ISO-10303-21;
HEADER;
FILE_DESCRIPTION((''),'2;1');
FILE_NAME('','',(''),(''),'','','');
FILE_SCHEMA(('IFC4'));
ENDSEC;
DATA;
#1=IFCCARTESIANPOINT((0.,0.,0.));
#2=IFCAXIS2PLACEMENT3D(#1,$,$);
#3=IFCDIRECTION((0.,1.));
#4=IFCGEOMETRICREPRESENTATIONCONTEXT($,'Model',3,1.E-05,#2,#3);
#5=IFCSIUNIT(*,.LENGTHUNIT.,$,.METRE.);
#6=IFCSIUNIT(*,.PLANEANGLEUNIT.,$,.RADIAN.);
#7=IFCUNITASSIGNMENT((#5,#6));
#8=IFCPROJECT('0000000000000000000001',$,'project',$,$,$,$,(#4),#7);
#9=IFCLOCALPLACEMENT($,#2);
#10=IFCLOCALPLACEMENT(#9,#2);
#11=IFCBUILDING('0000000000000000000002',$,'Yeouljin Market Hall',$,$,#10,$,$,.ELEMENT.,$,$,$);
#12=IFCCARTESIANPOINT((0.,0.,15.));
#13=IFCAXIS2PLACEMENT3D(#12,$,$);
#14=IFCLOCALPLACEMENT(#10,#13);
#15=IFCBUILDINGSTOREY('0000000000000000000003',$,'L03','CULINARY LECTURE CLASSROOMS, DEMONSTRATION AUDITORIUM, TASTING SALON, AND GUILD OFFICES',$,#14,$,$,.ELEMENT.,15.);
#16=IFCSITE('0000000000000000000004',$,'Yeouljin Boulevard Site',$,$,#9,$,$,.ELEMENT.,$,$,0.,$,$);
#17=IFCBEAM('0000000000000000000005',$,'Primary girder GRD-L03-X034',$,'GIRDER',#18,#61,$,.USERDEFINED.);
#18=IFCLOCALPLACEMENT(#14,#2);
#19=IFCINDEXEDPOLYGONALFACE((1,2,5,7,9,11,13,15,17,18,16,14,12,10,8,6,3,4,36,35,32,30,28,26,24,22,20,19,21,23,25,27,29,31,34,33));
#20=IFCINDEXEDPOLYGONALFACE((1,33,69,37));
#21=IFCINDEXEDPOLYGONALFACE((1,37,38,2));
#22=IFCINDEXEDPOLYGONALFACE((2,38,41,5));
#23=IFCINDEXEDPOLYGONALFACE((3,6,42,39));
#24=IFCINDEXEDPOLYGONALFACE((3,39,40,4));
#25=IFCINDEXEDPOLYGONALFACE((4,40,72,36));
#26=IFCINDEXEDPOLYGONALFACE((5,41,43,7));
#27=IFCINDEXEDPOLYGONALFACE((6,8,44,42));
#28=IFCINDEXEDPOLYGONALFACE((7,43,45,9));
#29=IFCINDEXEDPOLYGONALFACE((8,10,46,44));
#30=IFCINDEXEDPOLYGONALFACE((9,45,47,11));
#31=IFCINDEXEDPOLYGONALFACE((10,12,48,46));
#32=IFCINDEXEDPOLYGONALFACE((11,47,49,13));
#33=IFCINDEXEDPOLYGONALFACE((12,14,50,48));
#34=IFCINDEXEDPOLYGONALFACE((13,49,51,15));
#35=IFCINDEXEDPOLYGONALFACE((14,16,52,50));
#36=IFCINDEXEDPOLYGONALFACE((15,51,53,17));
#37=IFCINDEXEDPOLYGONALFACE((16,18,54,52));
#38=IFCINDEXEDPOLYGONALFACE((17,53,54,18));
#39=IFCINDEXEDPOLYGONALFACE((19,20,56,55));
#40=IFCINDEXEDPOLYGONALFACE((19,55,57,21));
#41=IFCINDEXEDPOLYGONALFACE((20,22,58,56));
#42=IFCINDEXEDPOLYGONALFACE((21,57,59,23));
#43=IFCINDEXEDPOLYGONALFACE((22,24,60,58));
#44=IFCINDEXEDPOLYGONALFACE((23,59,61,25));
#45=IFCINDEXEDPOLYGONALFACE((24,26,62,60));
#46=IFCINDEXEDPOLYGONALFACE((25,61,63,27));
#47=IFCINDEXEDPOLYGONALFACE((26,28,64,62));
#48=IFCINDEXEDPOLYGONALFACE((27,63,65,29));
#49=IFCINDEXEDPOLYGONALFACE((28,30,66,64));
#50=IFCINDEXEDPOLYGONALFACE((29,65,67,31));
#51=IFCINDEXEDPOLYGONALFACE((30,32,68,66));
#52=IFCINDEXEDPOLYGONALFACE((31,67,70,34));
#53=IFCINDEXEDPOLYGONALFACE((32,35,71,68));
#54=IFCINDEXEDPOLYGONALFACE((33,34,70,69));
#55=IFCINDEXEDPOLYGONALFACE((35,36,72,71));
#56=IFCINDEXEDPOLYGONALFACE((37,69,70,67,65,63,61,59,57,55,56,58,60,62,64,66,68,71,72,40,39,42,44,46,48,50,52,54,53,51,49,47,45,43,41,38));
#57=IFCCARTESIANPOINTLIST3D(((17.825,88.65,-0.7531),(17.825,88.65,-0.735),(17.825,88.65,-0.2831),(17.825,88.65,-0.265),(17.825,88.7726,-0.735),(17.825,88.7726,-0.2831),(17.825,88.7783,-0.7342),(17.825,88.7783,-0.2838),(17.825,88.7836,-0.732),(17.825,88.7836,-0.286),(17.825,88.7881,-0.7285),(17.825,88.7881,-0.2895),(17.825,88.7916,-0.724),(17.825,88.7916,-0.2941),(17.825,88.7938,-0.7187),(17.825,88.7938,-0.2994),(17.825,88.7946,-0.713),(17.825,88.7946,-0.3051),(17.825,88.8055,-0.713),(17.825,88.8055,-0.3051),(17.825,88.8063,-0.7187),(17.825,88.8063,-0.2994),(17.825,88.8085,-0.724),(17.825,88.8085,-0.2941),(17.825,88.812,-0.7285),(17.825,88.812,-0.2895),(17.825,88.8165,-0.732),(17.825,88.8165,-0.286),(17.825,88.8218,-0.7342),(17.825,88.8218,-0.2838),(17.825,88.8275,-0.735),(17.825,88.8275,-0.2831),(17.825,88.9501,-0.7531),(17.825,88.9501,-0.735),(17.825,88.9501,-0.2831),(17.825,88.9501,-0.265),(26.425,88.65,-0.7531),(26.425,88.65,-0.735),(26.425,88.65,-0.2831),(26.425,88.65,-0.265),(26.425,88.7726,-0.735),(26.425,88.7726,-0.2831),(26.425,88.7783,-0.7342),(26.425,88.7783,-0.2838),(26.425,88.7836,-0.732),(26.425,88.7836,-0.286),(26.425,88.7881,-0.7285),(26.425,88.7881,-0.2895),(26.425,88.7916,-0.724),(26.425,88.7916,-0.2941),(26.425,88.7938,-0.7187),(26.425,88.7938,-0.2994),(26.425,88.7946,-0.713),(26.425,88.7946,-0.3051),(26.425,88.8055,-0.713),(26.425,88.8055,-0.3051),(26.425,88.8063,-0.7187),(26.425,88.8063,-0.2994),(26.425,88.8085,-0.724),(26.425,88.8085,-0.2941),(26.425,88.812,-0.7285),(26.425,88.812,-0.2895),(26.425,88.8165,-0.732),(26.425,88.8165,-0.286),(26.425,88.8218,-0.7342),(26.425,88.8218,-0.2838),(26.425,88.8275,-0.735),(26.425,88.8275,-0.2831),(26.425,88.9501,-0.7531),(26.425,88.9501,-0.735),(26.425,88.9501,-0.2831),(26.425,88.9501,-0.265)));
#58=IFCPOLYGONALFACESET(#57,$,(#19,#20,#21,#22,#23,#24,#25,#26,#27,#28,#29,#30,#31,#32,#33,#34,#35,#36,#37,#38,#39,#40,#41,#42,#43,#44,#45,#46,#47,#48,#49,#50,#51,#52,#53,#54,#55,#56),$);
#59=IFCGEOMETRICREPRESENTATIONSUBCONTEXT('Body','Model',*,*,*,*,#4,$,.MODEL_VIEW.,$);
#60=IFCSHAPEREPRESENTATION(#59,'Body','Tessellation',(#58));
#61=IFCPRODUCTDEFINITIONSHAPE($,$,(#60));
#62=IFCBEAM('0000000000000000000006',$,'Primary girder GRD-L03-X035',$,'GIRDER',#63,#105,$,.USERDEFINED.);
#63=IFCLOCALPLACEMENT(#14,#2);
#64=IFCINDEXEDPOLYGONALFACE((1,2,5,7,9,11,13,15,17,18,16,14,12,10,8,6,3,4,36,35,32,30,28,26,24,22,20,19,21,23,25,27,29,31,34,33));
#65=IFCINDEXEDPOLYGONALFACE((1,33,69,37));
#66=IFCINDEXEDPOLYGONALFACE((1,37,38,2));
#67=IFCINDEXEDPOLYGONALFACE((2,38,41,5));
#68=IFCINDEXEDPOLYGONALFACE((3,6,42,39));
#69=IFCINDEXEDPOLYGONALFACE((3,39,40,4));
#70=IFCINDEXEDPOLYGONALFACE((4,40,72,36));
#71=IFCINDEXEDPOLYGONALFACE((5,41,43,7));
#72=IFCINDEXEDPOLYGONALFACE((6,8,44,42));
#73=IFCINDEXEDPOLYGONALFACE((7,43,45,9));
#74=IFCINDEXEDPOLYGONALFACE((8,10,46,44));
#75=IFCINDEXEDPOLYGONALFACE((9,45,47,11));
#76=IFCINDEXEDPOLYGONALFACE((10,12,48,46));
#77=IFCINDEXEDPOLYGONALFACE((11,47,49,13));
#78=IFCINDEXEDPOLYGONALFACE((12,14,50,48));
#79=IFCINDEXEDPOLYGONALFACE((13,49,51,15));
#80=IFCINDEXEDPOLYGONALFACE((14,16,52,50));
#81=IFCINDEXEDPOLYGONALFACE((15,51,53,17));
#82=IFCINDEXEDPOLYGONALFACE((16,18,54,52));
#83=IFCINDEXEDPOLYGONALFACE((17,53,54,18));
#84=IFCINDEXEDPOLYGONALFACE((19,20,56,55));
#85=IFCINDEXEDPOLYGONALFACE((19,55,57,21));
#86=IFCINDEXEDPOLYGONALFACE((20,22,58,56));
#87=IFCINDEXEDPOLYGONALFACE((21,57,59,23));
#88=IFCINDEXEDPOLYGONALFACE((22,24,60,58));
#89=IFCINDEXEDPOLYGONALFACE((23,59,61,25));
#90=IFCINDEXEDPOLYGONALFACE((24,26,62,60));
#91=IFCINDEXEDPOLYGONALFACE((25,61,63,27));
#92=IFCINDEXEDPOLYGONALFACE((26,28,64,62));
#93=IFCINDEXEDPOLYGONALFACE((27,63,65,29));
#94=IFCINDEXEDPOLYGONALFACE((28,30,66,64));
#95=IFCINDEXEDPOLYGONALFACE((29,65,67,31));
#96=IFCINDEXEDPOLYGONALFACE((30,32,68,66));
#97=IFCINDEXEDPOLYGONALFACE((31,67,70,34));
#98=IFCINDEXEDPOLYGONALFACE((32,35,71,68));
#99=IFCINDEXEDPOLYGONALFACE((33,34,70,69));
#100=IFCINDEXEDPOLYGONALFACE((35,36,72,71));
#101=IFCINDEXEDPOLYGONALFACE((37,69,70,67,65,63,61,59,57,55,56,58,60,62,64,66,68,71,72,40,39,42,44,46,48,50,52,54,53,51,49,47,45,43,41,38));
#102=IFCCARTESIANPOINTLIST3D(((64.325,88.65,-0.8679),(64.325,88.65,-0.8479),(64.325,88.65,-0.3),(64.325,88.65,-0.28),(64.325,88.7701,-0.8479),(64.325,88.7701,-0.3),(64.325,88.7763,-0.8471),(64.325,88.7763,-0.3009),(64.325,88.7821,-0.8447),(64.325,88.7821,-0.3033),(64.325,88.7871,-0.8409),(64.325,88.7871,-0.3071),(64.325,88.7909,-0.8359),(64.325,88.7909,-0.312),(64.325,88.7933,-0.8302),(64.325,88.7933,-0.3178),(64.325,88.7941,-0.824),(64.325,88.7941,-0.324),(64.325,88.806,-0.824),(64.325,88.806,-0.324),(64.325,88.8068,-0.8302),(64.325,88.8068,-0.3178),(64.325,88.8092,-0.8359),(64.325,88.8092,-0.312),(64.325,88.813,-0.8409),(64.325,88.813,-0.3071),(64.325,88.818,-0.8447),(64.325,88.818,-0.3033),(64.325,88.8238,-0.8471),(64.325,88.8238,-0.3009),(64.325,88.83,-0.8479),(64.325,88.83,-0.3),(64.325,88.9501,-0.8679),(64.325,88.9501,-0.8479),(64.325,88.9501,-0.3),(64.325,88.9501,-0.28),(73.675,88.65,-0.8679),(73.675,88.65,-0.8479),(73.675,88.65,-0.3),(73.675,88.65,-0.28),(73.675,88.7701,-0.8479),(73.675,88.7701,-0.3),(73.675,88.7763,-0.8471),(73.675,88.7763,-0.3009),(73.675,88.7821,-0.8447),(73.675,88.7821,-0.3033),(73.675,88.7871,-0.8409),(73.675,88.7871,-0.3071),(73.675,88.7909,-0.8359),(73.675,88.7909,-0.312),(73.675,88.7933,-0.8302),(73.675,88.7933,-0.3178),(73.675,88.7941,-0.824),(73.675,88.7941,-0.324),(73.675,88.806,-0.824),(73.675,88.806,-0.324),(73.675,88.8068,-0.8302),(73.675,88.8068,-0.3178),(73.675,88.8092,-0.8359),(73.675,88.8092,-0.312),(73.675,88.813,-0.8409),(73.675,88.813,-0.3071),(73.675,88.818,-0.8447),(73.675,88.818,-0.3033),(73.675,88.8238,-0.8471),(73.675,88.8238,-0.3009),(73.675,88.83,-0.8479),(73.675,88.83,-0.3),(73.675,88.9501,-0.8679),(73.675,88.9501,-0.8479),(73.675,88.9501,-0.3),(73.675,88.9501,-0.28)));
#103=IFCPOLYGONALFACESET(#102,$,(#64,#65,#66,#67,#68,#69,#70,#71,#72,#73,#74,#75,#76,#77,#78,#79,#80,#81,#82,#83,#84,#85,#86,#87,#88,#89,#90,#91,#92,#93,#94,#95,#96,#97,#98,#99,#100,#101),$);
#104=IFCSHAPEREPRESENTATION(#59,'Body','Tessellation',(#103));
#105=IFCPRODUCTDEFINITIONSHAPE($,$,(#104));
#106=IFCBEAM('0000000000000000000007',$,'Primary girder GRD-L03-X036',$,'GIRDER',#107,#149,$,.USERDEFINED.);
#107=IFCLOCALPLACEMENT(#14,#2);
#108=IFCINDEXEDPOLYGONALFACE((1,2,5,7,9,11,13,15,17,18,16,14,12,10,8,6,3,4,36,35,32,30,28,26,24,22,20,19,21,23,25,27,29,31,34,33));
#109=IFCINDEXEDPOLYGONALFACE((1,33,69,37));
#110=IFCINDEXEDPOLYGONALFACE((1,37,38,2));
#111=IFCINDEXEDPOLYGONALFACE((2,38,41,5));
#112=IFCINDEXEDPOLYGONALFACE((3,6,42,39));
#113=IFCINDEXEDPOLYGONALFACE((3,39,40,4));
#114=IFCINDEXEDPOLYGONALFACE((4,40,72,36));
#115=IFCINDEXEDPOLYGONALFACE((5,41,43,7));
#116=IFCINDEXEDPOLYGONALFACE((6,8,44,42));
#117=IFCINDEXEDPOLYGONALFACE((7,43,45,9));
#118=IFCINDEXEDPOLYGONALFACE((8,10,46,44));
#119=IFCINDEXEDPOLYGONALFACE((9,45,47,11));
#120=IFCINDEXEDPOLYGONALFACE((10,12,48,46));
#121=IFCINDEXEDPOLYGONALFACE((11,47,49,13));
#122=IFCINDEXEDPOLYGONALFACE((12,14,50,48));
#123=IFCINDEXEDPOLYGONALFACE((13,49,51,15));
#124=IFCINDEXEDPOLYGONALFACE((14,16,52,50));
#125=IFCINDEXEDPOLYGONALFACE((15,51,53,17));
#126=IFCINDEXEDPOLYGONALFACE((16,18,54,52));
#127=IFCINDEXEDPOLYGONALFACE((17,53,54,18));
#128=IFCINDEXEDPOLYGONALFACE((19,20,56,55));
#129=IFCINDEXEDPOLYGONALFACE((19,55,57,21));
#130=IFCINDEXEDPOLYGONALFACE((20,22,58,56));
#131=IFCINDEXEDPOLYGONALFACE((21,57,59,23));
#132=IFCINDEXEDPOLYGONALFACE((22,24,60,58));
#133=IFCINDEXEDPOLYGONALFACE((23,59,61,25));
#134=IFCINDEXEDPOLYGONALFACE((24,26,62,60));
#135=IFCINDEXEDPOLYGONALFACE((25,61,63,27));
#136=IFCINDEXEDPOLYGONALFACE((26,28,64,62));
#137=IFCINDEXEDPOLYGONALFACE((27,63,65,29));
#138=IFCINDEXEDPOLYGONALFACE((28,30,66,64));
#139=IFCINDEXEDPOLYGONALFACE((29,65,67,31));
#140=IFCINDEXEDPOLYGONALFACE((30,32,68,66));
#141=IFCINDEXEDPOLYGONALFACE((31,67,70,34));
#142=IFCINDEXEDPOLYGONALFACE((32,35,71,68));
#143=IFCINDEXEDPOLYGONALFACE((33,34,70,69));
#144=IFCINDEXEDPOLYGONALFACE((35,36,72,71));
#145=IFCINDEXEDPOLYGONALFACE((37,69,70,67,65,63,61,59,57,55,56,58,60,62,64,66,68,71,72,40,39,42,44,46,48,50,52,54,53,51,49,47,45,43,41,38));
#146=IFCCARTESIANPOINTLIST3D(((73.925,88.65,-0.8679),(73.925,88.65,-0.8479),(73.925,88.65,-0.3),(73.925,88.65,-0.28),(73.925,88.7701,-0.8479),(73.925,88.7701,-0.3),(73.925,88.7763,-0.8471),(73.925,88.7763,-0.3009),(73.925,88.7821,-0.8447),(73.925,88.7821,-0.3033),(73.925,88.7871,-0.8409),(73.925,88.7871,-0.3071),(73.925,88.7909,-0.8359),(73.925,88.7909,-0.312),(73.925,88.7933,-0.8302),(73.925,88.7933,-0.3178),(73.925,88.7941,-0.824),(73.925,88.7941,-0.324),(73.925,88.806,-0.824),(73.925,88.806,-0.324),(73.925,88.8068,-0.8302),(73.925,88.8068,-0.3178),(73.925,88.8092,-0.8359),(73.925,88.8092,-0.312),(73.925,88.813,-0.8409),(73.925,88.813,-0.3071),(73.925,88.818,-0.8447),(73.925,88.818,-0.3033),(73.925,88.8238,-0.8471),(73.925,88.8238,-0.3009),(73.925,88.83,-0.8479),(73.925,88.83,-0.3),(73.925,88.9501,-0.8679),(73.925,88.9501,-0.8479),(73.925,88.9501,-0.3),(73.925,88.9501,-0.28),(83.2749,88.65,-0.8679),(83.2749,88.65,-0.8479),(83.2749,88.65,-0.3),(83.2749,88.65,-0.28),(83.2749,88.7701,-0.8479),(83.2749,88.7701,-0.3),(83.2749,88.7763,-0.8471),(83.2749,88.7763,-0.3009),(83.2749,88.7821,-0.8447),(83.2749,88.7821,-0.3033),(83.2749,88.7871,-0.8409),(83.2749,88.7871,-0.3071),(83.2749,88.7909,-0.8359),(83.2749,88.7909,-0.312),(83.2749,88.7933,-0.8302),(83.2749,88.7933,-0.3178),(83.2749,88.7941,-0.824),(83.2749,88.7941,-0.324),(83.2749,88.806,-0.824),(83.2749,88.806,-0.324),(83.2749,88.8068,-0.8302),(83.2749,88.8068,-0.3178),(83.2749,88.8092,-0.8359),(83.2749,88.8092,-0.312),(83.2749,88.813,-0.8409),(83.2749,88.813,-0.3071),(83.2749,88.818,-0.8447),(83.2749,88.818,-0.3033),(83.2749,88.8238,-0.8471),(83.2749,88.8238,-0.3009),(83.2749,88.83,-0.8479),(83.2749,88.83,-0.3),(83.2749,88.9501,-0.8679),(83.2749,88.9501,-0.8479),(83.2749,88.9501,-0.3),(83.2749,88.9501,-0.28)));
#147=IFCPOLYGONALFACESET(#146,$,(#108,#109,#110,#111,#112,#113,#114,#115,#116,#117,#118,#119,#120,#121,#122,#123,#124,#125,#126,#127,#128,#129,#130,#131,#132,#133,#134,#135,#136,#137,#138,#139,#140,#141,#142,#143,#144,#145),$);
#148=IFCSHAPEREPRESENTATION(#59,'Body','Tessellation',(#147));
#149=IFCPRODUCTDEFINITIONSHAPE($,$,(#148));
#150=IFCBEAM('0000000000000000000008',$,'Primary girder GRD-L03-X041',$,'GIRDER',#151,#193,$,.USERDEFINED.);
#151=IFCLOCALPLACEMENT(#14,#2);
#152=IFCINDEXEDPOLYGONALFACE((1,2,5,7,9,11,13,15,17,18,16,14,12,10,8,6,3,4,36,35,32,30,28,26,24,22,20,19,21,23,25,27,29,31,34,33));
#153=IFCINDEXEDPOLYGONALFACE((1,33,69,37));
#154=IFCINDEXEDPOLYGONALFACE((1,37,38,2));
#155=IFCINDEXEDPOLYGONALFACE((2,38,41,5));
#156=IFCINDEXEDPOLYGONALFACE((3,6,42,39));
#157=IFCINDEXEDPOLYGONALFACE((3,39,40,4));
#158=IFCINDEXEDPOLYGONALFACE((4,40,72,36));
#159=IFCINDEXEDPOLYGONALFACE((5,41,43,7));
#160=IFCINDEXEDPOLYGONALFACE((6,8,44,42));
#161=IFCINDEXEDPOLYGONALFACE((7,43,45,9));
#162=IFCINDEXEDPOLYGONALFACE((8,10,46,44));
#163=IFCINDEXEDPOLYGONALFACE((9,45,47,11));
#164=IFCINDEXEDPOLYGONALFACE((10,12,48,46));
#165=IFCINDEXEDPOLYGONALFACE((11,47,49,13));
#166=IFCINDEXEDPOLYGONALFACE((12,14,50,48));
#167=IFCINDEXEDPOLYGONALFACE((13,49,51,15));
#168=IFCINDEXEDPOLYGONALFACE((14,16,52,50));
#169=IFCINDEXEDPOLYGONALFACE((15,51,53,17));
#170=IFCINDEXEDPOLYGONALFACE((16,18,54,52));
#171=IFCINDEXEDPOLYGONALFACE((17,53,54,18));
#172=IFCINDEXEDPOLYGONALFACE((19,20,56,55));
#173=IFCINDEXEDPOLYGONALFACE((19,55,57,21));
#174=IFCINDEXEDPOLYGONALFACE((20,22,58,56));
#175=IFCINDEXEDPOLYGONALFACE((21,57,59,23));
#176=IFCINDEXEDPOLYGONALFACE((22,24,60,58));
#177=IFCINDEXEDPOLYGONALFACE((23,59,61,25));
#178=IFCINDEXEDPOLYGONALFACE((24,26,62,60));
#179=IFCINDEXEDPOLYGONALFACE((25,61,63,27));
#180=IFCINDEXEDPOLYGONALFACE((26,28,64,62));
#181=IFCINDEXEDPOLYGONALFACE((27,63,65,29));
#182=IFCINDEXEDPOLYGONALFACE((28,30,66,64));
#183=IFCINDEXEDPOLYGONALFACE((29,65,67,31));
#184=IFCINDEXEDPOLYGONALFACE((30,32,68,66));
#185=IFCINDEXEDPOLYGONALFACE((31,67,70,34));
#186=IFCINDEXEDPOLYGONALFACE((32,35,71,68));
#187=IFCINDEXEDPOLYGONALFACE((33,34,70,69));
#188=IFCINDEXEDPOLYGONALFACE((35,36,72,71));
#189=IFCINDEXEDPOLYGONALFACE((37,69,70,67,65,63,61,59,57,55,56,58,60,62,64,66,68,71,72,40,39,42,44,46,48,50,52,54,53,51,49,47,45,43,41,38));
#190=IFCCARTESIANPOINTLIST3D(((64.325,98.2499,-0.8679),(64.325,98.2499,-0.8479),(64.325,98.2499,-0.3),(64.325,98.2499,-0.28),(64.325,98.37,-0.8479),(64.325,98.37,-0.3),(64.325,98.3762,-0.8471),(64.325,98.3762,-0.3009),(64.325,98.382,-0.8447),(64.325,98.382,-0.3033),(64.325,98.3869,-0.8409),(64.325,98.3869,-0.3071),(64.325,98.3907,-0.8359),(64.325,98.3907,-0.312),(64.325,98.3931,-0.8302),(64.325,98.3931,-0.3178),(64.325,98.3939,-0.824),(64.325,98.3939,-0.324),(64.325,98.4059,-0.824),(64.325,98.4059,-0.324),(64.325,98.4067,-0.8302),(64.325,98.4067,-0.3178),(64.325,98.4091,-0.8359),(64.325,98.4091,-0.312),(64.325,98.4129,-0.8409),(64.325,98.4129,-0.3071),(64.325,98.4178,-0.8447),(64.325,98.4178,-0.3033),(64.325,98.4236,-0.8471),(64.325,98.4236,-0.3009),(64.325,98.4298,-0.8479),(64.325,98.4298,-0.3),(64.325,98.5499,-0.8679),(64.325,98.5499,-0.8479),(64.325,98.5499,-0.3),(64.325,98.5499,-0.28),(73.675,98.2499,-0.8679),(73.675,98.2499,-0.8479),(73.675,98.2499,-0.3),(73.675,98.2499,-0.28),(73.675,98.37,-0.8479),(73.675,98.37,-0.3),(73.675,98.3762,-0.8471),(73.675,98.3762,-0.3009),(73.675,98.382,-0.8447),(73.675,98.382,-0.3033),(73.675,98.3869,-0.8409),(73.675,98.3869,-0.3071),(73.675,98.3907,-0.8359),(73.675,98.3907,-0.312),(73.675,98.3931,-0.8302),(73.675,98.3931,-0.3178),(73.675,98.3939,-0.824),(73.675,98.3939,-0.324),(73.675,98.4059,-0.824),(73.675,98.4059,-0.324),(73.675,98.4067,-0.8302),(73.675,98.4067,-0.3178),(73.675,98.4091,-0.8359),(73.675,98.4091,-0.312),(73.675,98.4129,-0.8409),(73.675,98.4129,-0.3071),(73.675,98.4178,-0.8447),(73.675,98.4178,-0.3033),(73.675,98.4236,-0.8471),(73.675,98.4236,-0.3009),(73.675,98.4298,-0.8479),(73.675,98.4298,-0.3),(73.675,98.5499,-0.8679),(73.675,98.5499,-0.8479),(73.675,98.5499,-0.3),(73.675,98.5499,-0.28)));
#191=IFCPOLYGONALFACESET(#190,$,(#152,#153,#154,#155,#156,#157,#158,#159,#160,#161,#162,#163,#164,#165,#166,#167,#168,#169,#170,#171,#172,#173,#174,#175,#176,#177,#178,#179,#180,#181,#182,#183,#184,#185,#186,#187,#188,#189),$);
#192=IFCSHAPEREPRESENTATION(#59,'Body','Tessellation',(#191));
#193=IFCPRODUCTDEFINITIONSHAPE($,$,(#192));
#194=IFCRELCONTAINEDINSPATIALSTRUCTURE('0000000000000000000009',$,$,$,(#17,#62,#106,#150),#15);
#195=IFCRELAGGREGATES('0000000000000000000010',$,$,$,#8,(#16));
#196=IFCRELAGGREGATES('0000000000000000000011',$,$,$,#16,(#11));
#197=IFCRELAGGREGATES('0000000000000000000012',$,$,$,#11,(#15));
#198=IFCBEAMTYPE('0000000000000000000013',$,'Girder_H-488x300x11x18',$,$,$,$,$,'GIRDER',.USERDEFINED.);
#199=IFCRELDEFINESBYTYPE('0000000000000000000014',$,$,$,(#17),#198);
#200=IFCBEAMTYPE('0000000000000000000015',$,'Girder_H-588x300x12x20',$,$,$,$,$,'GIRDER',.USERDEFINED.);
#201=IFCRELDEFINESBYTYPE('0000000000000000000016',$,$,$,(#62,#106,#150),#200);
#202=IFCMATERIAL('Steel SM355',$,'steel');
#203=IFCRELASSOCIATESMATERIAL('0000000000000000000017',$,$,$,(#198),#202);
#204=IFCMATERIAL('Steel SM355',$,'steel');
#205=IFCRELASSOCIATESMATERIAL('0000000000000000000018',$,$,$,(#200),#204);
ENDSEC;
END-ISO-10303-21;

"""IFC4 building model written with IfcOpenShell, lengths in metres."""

from ifc_helpers import new_model, si_unit, direction, frame, origin, origin_2d, place, context, subcontext, project, spatial, i_section, extrude, material, material_profile, profile_set, type_object, element, save


model = new_model("IFC4")

# Units and contexts
model_context = context("Model", 3, precision=1e-05, world=origin(), true_north=direction((0.0, 1.0)))
body_context = subcontext(model_context, "Body", "Model", "MODEL_VIEW")
ifc_project = project(units=[si_unit("LENGTHUNIT", "METRE"), si_unit("PLANEANGLEUNIT", "RADIAN")], contexts=[model_context])

# Site, building, storey
site_placement = place(None, origin())
site = spatial("IfcSite", under=ifc_project, at=site_placement, Name="Yeouljin Boulevard Site", CompositionType="ELEMENT", RefElevation=0.0)
building_placement = place(site_placement, origin())
building = spatial("IfcBuilding", under=site, at=building_placement, Name="Yeouljin Market Hall", CompositionType="ELEMENT")
storey_placement = place(building_placement, frame((0.0, 0.0, 15.0)))
storey = spatial("IfcBuildingStorey", under=building, at=storey_placement, Name="L03", Description="CULINARY LECTURE CLASSROOMS, DEMONSTRATION AUDITORIUM, TASTING SALON, AND GUILD OFFICES", CompositionType="ELEMENT", Elevation=15.0)

# Beams
ifc_material_1 = material(Name="Steel SM355", Category="steel")
ifc_material_profile_1 = material_profile(ifc_material_1, i_section(OverallWidth=0.3, OverallDepth=0.488, WebThickness=0.011, FlangeThickness=0.0181, FilletRadius=0.022, at=origin_2d()), Name="H-488x300x11x18")
ifc_profile_set_1 = profile_set([ifc_material_profile_1], Name="Steel SM355")
beam_type_1 = type_object("IfcBeamType", Name="Girder_H-488x300x11x18", ElementType="GIRDER", PredefinedType="USERDEFINED", material=ifc_profile_set_1)
beam_1_placement = place(storey_placement, frame((17.825, 88.8, -0.509), z_axis=(1.0, 0.0, 0.0), x_axis=(0.0, 1.0, 0.0)))
element("IfcBeam", 1, at=beam_1_placement, inside=storey, type_object=beam_type_1, Name="Primary girder GRD-L03-X034", ObjectType="GIRDER", PredefinedType="USERDEFINED", context=body_context, shape_type="SweptSolid", body=[
    extrude(i_section(OverallWidth=0.3, OverallDepth=0.488, WebThickness=0.011, FlangeThickness=0.0181, FilletRadius=0.022, at=origin_2d()), origin(), (0.0, 0.0, 1.0), 8.6001),
])
ifc_material_2 = material(Name="Steel SM355", Category="steel")
ifc_material_profile_2 = material_profile(ifc_material_2, i_section(OverallWidth=0.3, OverallDepth=0.5879, WebThickness=0.012, FlangeThickness=0.02, FilletRadius=0.0239, at=origin_2d()), Name="H-588x300x12x20")
ifc_profile_set_2 = profile_set([ifc_material_profile_2], Name="Steel SM355")
beam_type_2 = type_object("IfcBeamType", Name="Girder_H-588x300x12x20", ElementType="GIRDER", PredefinedType="USERDEFINED", material=ifc_profile_set_2)
beam_2_placement = place(storey_placement, frame((64.325, 88.8, -0.574), z_axis=(1.0, 0.0, 0.0), x_axis=(0.0, 1.0, 0.0)))
element("IfcBeam", 2, at=beam_2_placement, inside=storey, type_object=beam_type_2, Name="Primary girder GRD-L03-X035", ObjectType="GIRDER", PredefinedType="USERDEFINED", context=body_context, shape_type="SweptSolid", body=[
    extrude(i_section(OverallWidth=0.3, OverallDepth=0.5879, WebThickness=0.012, FlangeThickness=0.02, FilletRadius=0.0239, at=origin_2d()), origin(), (0.0, 0.0, 1.0), 9.3501),
])
beam_3_placement = place(storey_placement, frame((73.925, 88.8, -0.574), z_axis=(1.0, 0.0, 0.0), x_axis=(0.0, 1.0, 0.0)))
element("IfcBeam", 3, at=beam_3_placement, inside=storey, type_object=beam_type_2, Name="Primary girder GRD-L03-X036", ObjectType="GIRDER", PredefinedType="USERDEFINED", context=body_context, shape_type="SweptSolid", body=[
    extrude(i_section(OverallWidth=0.3, OverallDepth=0.5879, WebThickness=0.012, FlangeThickness=0.02, FilletRadius=0.0239, at=origin_2d()), origin(), (0.0, 0.0, 1.0), 9.3499),
])
beam_4_placement = place(storey_placement, frame((64.325, 98.3999, -0.574), z_axis=(1.0, 0.0, 0.0), x_axis=(0.0, 1.0, 0.0)))
element("IfcBeam", 4, at=beam_4_placement, inside=storey, type_object=beam_type_2, Name="Primary girder GRD-L03-X041", ObjectType="GIRDER", PredefinedType="USERDEFINED", context=body_context, shape_type="SweptSolid", body=[
    extrude(i_section(OverallWidth=0.3, OverallDepth=0.5879, WebThickness=0.012, FlangeThickness=0.02, FilletRadius=0.0239, at=origin_2d()), origin(), (0.0, 0.0, 1.0), 9.3501),
])

save(model, "model.ifc")
